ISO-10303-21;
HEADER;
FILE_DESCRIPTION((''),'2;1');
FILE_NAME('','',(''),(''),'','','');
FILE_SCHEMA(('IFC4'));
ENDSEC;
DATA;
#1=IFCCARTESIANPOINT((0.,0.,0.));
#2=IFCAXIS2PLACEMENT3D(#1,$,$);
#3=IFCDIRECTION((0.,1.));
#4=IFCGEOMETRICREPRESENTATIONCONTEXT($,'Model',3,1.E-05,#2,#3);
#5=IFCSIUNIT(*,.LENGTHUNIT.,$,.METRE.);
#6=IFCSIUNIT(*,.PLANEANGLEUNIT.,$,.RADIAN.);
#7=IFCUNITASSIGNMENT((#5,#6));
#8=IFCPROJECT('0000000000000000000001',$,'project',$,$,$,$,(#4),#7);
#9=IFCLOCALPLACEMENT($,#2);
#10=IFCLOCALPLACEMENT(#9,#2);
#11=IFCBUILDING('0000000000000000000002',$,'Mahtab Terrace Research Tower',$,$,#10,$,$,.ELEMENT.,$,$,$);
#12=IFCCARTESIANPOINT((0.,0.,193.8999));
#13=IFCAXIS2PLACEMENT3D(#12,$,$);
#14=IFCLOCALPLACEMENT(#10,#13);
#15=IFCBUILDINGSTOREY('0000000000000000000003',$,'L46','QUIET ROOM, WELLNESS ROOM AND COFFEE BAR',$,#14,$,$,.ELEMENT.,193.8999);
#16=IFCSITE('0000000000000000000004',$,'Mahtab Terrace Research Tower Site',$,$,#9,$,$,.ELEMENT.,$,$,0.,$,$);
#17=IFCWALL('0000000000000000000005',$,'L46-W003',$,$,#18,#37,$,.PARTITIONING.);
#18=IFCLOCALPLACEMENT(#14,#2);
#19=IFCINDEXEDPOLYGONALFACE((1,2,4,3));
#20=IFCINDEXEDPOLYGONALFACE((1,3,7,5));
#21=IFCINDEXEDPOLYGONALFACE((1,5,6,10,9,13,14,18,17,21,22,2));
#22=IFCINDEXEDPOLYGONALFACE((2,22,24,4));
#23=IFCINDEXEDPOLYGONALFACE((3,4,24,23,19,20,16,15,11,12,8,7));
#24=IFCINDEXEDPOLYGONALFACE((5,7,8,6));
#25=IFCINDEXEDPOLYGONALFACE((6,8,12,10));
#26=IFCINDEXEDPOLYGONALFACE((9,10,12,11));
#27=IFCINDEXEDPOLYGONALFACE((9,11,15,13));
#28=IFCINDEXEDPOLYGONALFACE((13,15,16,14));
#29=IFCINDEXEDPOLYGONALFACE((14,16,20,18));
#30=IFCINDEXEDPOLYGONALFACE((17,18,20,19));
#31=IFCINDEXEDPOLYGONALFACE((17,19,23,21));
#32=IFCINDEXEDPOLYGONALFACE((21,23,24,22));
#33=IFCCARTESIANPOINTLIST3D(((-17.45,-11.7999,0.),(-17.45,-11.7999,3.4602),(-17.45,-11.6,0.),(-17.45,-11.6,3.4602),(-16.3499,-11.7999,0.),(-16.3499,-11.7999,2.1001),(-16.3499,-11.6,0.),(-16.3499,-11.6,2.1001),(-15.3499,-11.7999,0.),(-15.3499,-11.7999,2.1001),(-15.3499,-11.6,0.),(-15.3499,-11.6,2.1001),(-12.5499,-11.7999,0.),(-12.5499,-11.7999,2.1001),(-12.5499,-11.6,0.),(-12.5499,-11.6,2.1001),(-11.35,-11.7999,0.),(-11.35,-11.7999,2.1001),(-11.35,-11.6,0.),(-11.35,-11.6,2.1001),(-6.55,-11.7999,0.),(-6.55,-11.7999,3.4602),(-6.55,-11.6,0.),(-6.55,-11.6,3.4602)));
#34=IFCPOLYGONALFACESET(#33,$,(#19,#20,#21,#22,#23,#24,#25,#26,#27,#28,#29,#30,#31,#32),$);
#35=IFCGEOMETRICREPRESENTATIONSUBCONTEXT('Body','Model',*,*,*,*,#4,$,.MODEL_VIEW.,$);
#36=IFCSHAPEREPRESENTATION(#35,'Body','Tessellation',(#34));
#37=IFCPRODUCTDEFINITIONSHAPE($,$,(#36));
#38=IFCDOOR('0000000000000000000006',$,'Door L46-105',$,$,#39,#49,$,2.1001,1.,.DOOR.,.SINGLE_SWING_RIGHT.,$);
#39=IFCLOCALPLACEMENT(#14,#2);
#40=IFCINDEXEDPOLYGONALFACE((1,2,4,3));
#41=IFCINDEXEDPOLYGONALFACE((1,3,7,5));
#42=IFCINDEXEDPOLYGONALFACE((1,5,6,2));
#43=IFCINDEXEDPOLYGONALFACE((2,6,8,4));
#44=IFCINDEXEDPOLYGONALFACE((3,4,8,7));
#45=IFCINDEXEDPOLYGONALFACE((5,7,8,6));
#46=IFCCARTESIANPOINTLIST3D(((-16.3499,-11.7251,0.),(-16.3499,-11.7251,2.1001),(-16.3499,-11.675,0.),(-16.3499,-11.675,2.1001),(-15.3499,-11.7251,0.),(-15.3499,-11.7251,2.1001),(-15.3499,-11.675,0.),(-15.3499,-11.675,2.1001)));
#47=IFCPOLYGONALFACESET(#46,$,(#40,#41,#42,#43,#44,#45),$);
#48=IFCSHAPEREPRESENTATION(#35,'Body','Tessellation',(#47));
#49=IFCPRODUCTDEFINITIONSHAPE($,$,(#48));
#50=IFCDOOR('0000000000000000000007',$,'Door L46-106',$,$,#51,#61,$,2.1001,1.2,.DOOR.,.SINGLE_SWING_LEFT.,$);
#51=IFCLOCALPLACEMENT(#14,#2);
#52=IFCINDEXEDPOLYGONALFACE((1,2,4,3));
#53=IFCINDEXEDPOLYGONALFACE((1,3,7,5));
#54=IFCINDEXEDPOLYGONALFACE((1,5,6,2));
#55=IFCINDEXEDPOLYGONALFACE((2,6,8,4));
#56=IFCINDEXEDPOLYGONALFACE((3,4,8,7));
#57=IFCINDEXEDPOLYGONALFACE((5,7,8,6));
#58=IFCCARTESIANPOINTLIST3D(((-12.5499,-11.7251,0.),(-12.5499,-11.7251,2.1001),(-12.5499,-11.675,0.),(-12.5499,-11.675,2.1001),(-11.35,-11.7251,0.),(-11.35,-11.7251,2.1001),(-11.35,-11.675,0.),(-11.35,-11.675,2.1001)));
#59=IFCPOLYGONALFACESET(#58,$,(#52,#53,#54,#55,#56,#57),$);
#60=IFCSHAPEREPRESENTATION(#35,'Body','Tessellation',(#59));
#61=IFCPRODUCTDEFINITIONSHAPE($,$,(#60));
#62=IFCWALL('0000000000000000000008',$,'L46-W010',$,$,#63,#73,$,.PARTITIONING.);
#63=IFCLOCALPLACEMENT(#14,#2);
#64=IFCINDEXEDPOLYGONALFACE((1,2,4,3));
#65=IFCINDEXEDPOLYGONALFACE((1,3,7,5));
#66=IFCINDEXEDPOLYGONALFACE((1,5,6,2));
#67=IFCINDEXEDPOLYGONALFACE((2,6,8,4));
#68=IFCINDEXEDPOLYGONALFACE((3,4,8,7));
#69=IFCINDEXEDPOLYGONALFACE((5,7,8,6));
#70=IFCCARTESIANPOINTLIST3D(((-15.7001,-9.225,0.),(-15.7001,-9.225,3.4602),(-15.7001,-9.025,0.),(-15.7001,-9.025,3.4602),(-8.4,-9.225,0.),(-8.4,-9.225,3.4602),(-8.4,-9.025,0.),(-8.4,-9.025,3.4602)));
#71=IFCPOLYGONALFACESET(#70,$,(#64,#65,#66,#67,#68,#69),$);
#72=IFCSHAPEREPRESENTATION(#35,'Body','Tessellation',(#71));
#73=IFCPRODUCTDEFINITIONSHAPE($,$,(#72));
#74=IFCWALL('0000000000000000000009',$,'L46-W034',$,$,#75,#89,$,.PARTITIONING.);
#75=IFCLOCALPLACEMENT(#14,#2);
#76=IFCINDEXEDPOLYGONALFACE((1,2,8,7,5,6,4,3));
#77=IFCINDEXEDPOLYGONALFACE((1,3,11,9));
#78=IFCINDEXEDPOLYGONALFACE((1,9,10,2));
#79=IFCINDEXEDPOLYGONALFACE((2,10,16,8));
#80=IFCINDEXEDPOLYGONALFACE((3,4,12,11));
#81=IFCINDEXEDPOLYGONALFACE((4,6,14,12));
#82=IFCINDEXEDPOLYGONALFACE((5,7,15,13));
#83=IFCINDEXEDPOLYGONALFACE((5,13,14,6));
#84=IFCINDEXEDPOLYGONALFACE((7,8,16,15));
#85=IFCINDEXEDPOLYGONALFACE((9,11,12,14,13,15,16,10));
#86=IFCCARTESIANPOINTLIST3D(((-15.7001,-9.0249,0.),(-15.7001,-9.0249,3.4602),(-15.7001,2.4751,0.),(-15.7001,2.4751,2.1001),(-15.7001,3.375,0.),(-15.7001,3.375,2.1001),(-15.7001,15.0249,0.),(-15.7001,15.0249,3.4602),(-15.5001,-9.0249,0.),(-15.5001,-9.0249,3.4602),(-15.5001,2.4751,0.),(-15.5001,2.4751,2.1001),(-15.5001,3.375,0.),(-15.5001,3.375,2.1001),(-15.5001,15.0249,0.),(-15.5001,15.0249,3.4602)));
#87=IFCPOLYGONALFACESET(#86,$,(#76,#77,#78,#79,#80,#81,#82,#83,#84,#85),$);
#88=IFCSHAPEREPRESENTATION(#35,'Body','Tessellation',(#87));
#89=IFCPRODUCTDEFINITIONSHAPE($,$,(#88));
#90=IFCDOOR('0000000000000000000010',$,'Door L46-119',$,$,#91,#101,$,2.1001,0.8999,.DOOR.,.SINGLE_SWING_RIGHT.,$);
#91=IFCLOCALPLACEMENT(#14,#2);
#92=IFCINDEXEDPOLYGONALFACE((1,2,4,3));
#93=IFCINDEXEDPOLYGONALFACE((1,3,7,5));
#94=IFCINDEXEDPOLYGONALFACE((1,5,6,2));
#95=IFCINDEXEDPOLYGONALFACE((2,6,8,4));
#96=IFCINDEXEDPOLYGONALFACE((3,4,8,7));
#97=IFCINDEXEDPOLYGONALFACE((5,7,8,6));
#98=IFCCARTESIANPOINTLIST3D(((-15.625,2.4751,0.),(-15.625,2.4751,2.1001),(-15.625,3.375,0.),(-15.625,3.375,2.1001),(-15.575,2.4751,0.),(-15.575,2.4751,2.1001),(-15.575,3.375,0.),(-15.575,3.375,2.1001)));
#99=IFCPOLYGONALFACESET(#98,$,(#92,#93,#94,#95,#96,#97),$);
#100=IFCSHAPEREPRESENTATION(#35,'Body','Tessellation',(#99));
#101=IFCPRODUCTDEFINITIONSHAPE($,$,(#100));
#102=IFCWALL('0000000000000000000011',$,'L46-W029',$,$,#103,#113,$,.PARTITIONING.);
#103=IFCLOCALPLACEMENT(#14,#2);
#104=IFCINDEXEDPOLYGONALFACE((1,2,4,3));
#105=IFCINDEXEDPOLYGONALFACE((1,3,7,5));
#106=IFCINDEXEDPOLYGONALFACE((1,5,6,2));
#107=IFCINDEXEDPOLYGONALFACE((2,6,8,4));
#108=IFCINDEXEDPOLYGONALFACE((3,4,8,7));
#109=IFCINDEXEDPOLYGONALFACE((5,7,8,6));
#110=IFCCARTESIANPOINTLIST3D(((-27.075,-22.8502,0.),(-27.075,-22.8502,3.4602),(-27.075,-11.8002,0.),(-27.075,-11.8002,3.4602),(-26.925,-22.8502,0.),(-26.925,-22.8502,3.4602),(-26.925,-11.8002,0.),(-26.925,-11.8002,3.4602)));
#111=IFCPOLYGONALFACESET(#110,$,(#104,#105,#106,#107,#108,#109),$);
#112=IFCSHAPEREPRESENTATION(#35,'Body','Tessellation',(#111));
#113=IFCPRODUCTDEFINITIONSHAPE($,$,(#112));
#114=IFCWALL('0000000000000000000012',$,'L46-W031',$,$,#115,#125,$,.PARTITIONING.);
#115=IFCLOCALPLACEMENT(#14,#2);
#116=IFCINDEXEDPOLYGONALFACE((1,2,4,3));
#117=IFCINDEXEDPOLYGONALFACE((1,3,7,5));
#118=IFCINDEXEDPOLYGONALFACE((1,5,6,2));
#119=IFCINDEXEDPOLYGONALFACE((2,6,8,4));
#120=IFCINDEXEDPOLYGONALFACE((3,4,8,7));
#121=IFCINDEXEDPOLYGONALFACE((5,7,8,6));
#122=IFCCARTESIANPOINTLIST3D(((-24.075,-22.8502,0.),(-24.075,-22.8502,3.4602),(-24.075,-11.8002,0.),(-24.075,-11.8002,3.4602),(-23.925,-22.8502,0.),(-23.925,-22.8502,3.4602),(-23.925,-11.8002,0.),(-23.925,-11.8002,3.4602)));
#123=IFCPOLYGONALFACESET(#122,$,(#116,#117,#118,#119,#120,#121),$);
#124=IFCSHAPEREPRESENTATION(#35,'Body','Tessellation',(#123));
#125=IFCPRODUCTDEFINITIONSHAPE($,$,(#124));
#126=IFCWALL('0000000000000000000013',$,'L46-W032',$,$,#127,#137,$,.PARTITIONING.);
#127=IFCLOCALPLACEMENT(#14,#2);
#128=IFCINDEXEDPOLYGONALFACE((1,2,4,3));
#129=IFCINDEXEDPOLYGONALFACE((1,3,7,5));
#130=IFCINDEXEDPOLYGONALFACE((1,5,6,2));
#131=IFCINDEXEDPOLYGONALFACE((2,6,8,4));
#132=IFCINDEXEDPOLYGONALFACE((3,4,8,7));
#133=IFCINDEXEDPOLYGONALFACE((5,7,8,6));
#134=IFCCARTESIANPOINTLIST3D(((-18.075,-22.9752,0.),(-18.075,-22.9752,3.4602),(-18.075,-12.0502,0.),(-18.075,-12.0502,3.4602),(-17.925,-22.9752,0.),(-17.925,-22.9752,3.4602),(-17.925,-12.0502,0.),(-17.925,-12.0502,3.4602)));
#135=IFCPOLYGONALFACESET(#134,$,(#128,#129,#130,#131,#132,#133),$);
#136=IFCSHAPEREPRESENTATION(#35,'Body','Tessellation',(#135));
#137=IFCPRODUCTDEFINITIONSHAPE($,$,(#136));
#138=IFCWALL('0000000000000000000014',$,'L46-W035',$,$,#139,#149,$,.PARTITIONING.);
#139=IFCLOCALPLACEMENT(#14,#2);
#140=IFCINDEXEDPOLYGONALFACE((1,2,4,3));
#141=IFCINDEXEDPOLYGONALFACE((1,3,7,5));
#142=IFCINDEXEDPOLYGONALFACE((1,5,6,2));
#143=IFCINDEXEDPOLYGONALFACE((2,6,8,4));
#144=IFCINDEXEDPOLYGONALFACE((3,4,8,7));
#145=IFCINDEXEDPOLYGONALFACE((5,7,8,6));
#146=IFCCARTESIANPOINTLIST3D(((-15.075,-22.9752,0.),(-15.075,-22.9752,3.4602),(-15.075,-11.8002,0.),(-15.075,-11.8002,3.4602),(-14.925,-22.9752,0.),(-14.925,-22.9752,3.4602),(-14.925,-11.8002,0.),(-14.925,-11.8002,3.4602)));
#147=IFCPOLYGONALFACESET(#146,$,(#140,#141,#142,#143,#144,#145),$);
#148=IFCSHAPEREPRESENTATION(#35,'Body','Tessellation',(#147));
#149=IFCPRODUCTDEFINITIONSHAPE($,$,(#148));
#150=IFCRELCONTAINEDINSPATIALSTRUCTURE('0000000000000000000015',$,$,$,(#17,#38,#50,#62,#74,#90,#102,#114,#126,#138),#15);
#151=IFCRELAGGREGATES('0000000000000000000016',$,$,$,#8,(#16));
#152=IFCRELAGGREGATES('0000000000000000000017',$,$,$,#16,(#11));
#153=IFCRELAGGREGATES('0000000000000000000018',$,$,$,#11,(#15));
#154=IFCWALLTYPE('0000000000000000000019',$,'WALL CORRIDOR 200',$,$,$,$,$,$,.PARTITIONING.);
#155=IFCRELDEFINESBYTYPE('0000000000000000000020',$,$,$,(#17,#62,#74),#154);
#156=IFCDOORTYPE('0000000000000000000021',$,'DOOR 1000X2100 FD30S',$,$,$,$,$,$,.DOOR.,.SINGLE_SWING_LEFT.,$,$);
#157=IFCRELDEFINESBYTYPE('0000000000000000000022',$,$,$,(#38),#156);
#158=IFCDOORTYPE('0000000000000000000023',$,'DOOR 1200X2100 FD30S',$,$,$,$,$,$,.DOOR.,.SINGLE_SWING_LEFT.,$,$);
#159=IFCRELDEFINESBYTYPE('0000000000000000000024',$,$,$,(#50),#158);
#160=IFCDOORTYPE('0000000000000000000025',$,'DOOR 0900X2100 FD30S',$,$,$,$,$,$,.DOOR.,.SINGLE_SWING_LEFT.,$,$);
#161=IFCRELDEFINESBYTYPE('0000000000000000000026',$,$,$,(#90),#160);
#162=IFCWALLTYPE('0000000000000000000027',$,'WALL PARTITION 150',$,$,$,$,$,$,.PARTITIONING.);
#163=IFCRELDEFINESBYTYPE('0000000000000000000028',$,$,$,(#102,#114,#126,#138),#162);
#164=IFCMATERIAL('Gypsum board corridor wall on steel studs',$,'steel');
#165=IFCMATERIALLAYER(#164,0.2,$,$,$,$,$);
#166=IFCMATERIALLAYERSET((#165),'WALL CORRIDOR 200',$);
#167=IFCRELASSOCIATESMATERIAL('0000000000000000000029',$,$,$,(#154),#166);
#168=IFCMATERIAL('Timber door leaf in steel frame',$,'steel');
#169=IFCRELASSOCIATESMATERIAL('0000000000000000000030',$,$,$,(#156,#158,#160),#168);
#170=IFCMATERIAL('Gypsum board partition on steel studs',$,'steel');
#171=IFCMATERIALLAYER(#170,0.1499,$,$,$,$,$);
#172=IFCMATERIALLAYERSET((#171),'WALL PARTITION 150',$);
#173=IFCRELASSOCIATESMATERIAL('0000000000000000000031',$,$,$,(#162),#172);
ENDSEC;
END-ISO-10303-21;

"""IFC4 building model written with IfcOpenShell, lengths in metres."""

from ifc_helpers import new_model, si_unit, direction, frame, frame_2d, origin, place, context, subcontext, project, spatial, rectangle, extrude, material, layer, layer_set, type_object, element, fill, save


model = new_model("IFC4")

# Units and contexts
model_context = context("Model", 3, precision=1e-05, world=origin(), true_north=direction((0.0, 1.0)))
body_context = subcontext(model_context, "Body", "Model", "MODEL_VIEW")
ifc_project = project(units=[si_unit("LENGTHUNIT", "METRE"), si_unit("PLANEANGLEUNIT", "RADIAN")], contexts=[model_context])

# Site, building, storey
site_placement = place(None, origin())
site = spatial("IfcSite", under=ifc_project, at=site_placement, Name="Mahtab Terrace Research Tower Site", CompositionType="ELEMENT", RefElevation=0.0)
building_placement = place(site_placement, origin())
building = spatial("IfcBuilding", under=site, at=building_placement, Name="Mahtab Terrace Research Tower", CompositionType="ELEMENT")
storey_placement = place(building_placement, frame((0.0, 0.0, 193.8999)))
storey = spatial("IfcBuildingStorey", under=building, at=storey_placement, Name="L46", Description="QUIET ROOM, WELLNESS ROOM AND COFFEE BAR", CompositionType="ELEMENT", Elevation=193.8999)

# Wall, openings, doors
ifc_material_1 = material(Name="Gypsum board corridor wall on steel studs", Category="steel")
ifc_layer_1 = layer(ifc_material_1, 0.2)
ifc_layer_set_1 = layer_set([ifc_layer_1], Name="WALL CORRIDOR 200")
wall_type_1 = type_object("IfcWallType", Name="WALL CORRIDOR 200", PredefinedType="PARTITIONING", material=ifc_layer_set_1)
wall_1_placement = place(storey_placement, frame((-17.45, -11.7, 0.0), z_axis=(0.0, 0.0, 1.0), x_axis=(1.0, 0.0, 0.0)))
wall_1 = element("IfcWall", 1, at=wall_1_placement, inside=storey, type_object=wall_type_1, Name="L46-W003", PredefinedType="PARTITIONING", context=body_context, shape_type="SweptSolid", body=[
    extrude(rectangle(XDim=10.8999, YDim=0.2, at=frame_2d((5.45, 0.0))), origin(), (0.0, 0.0, 1.0), 3.4602),
])
opening_1_placement = place(wall_1_placement, frame((1.1001, 0.0, 0.0)))
opening_1 = element("IfcOpeningElement", 2, at=opening_1_placement, cuts=wall_1, PredefinedType="OPENING", context=body_context, shape_type="SweptSolid", body=[
    extrude(rectangle(XDim=1.0, YDim=2.1001, at=frame_2d((0.5, 1.05))), frame((0.0, 0.1099, 0.0), z_axis=(0.0, -1.0, 0.0), x_axis=(1.0, 0.0, 0.0)), (0.0, 0.0, 1.0), 0.22),
])
opening_2_placement = place(wall_1_placement, frame((4.8999, 0.0, 0.0)))
opening_2 = element("IfcOpeningElement", 3, at=opening_2_placement, cuts=wall_1, PredefinedType="OPENING", context=body_context, shape_type="SweptSolid", body=[
    extrude(rectangle(XDim=1.2, YDim=2.1001, at=frame_2d((0.6001, 1.05))), frame((0.0, 0.1099, 0.0), z_axis=(0.0, -1.0, 0.0), x_axis=(1.0, 0.0, 0.0)), (0.0, 0.0, 1.0), 0.22),
])
ifc_material_2 = material(Name="Timber door leaf in steel frame", Category="steel")
door_type_1 = type_object("IfcDoorType", Name="DOOR 1000X2100 FD30S", OperationType="SINGLE_SWING_LEFT", PredefinedType="DOOR", material=ifc_material_2)
door_1_placement = place(opening_1_placement, origin())
door_1 = element("IfcDoor", 4, at=door_1_placement, inside=storey, type_object=door_type_1, Name="Door L46-105", OperationType="SINGLE_SWING_RIGHT", OverallHeight=2.1001, OverallWidth=1.0, PredefinedType="DOOR", context=body_context, shape_type="SweptSolid", body=[
    extrude(rectangle(XDim=1.0, YDim=2.1001, at=frame_2d((0.5, 1.05))), frame((0.0, 0.0249, 0.0), z_axis=(0.0, -1.0, 0.0), x_axis=(1.0, 0.0, 0.0)), (0.0, 0.0, 1.0), 0.05),
])
fill(opening_1, door_1)
door_type_2 = type_object("IfcDoorType", Name="DOOR 1200X2100 FD30S", OperationType="SINGLE_SWING_LEFT", PredefinedType="DOOR", material=ifc_material_2)
door_2_placement = place(opening_2_placement, origin())
door_2 = element("IfcDoor", 5, at=door_2_placement, inside=storey, type_object=door_type_2, Name="Door L46-106", OperationType="SINGLE_SWING_LEFT", OverallHeight=2.1001, OverallWidth=1.2, PredefinedType="DOOR", context=body_context, shape_type="SweptSolid", body=[
    extrude(rectangle(XDim=1.2, YDim=2.1001, at=frame_2d((0.6001, 1.05))), frame((0.0, 0.0249, 0.0), z_axis=(0.0, -1.0, 0.0), x_axis=(1.0, 0.0, 0.0)), (0.0, 0.0, 1.0), 0.05),
])
fill(opening_2, door_2)

# Wall
wall_2_placement = place(storey_placement, frame((-15.7, -9.125, 0.0), z_axis=(0.0, 0.0, 1.0), x_axis=(1.0, 0.0, 0.0)))
element("IfcWall", 6, at=wall_2_placement, inside=storey, type_object=wall_type_1, Name="L46-W010", PredefinedType="PARTITIONING", context=body_context, shape_type="SweptSolid", body=[
    extrude(rectangle(XDim=7.3, YDim=0.2, at=frame_2d((3.6499, 0.0))), origin(), (0.0, 0.0, 1.0), 3.4602),
])

# Wall, opening, door
wall_3_placement = place(storey_placement, frame((-15.6001, -9.0249, 0.0), z_axis=(0.0, 0.0, 1.0), x_axis=(0.0, 1.0, 0.0)))
wall_3 = element("IfcWall", 7, at=wall_3_placement, inside=storey, type_object=wall_type_1, Name="L46-W034", PredefinedType="PARTITIONING", context=body_context, shape_type="SweptSolid", body=[
    extrude(rectangle(XDim=24.0498, YDim=0.2, at=frame_2d((12.0249, 0.0))), origin(), (0.0, 0.0, 1.0), 3.4602),
])
opening_3_placement = place(wall_3_placement, frame((11.5, 0.0, 0.0)))
opening_3 = element("IfcOpeningElement", 8, at=opening_3_placement, cuts=wall_3, PredefinedType="OPENING", context=body_context, shape_type="SweptSolid", body=[
    extrude(rectangle(XDim=0.8999, YDim=2.1001, at=frame_2d((0.45, 1.05))), frame((0.0, 0.1099, 0.0), z_axis=(0.0, -1.0, 0.0), x_axis=(1.0, 0.0, 0.0)), (0.0, 0.0, 1.0), 0.22),
])
door_type_3 = type_object("IfcDoorType", Name="DOOR 0900X2100 FD30S", OperationType="SINGLE_SWING_LEFT", PredefinedType="DOOR", material=ifc_material_2)
door_3_placement = place(opening_3_placement, origin())
door_3 = element("IfcDoor", 9, at=door_3_placement, inside=storey, type_object=door_type_3, Name="Door L46-119", OperationType="SINGLE_SWING_RIGHT", OverallHeight=2.1001, OverallWidth=0.8999, PredefinedType="DOOR", context=body_context, shape_type="SweptSolid", body=[
    extrude(rectangle(XDim=0.8999, YDim=2.1001, at=frame_2d((0.45, 1.05))), frame((0.0, 0.0249, 0.0), z_axis=(0.0, -1.0, 0.0), x_axis=(1.0, 0.0, 0.0)), (0.0, 0.0, 1.0), 0.05),
])
fill(opening_3, door_3)

# Walls
ifc_material_3 = material(Name="Gypsum board partition on steel studs", Category="steel")
ifc_layer_2 = layer(ifc_material_3, 0.1499)
ifc_layer_set_2 = layer_set([ifc_layer_2], Name="WALL PARTITION 150")
wall_type_2 = type_object("IfcWallType", Name="WALL PARTITION 150", PredefinedType="PARTITIONING", material=ifc_layer_set_2)
for number, where, z_axis, x_axis, name in (
    (10, (-27.0, -22.8501, 0.0), (0.0, 0.0, 1.0), (0.0, 1.0, 0.0), "L46-W029"),
    (11, (-24.0, -22.8501, 0.0), (0.0, 0.0, 1.0), (0.0, 1.0, 0.0), "L46-W031"),
):
    element("IfcWall", number, at=place(storey_placement, frame(where, z_axis=z_axis, x_axis=x_axis)), inside=storey, type_object=wall_type_2, Name=name, PredefinedType="PARTITIONING", context=body_context, shape_type="SweptSolid", body=[
        extrude(rectangle(XDim=11.05, YDim=0.1499, at=frame_2d((5.5249, 0.0))), origin(), (0.0, 0.0, 1.0), 3.4602),
    ])
wall_4_placement = place(storey_placement, frame((-18.0, -22.9751, 0.0), z_axis=(0.0, 0.0, 1.0), x_axis=(0.0, 1.0, 0.0)))
element("IfcWall", 12, at=wall_4_placement, inside=storey, type_object=wall_type_2, Name="L46-W032", PredefinedType="PARTITIONING", context=body_context, shape_type="SweptSolid", body=[
    extrude(rectangle(XDim=10.925, YDim=0.1499, at=frame_2d((5.4624, 0.0))), origin(), (0.0, 0.0, 1.0), 3.4602),
])
wall_5_placement = place(storey_placement, frame((-15.0, -22.9751, 0.0), z_axis=(0.0, 0.0, 1.0), x_axis=(0.0, 1.0, 0.0)))
element("IfcWall", 13, at=wall_5_placement, inside=storey, type_object=wall_type_2, Name="L46-W035", PredefinedType="PARTITIONING", context=body_context, shape_type="SweptSolid", body=[
    extrude(rectangle(XDim=11.175, YDim=0.1499, at=frame_2d((5.5874, 0.0))), origin(), (0.0, 0.0, 1.0), 3.4602),
])

save(model, "model.ifc")
